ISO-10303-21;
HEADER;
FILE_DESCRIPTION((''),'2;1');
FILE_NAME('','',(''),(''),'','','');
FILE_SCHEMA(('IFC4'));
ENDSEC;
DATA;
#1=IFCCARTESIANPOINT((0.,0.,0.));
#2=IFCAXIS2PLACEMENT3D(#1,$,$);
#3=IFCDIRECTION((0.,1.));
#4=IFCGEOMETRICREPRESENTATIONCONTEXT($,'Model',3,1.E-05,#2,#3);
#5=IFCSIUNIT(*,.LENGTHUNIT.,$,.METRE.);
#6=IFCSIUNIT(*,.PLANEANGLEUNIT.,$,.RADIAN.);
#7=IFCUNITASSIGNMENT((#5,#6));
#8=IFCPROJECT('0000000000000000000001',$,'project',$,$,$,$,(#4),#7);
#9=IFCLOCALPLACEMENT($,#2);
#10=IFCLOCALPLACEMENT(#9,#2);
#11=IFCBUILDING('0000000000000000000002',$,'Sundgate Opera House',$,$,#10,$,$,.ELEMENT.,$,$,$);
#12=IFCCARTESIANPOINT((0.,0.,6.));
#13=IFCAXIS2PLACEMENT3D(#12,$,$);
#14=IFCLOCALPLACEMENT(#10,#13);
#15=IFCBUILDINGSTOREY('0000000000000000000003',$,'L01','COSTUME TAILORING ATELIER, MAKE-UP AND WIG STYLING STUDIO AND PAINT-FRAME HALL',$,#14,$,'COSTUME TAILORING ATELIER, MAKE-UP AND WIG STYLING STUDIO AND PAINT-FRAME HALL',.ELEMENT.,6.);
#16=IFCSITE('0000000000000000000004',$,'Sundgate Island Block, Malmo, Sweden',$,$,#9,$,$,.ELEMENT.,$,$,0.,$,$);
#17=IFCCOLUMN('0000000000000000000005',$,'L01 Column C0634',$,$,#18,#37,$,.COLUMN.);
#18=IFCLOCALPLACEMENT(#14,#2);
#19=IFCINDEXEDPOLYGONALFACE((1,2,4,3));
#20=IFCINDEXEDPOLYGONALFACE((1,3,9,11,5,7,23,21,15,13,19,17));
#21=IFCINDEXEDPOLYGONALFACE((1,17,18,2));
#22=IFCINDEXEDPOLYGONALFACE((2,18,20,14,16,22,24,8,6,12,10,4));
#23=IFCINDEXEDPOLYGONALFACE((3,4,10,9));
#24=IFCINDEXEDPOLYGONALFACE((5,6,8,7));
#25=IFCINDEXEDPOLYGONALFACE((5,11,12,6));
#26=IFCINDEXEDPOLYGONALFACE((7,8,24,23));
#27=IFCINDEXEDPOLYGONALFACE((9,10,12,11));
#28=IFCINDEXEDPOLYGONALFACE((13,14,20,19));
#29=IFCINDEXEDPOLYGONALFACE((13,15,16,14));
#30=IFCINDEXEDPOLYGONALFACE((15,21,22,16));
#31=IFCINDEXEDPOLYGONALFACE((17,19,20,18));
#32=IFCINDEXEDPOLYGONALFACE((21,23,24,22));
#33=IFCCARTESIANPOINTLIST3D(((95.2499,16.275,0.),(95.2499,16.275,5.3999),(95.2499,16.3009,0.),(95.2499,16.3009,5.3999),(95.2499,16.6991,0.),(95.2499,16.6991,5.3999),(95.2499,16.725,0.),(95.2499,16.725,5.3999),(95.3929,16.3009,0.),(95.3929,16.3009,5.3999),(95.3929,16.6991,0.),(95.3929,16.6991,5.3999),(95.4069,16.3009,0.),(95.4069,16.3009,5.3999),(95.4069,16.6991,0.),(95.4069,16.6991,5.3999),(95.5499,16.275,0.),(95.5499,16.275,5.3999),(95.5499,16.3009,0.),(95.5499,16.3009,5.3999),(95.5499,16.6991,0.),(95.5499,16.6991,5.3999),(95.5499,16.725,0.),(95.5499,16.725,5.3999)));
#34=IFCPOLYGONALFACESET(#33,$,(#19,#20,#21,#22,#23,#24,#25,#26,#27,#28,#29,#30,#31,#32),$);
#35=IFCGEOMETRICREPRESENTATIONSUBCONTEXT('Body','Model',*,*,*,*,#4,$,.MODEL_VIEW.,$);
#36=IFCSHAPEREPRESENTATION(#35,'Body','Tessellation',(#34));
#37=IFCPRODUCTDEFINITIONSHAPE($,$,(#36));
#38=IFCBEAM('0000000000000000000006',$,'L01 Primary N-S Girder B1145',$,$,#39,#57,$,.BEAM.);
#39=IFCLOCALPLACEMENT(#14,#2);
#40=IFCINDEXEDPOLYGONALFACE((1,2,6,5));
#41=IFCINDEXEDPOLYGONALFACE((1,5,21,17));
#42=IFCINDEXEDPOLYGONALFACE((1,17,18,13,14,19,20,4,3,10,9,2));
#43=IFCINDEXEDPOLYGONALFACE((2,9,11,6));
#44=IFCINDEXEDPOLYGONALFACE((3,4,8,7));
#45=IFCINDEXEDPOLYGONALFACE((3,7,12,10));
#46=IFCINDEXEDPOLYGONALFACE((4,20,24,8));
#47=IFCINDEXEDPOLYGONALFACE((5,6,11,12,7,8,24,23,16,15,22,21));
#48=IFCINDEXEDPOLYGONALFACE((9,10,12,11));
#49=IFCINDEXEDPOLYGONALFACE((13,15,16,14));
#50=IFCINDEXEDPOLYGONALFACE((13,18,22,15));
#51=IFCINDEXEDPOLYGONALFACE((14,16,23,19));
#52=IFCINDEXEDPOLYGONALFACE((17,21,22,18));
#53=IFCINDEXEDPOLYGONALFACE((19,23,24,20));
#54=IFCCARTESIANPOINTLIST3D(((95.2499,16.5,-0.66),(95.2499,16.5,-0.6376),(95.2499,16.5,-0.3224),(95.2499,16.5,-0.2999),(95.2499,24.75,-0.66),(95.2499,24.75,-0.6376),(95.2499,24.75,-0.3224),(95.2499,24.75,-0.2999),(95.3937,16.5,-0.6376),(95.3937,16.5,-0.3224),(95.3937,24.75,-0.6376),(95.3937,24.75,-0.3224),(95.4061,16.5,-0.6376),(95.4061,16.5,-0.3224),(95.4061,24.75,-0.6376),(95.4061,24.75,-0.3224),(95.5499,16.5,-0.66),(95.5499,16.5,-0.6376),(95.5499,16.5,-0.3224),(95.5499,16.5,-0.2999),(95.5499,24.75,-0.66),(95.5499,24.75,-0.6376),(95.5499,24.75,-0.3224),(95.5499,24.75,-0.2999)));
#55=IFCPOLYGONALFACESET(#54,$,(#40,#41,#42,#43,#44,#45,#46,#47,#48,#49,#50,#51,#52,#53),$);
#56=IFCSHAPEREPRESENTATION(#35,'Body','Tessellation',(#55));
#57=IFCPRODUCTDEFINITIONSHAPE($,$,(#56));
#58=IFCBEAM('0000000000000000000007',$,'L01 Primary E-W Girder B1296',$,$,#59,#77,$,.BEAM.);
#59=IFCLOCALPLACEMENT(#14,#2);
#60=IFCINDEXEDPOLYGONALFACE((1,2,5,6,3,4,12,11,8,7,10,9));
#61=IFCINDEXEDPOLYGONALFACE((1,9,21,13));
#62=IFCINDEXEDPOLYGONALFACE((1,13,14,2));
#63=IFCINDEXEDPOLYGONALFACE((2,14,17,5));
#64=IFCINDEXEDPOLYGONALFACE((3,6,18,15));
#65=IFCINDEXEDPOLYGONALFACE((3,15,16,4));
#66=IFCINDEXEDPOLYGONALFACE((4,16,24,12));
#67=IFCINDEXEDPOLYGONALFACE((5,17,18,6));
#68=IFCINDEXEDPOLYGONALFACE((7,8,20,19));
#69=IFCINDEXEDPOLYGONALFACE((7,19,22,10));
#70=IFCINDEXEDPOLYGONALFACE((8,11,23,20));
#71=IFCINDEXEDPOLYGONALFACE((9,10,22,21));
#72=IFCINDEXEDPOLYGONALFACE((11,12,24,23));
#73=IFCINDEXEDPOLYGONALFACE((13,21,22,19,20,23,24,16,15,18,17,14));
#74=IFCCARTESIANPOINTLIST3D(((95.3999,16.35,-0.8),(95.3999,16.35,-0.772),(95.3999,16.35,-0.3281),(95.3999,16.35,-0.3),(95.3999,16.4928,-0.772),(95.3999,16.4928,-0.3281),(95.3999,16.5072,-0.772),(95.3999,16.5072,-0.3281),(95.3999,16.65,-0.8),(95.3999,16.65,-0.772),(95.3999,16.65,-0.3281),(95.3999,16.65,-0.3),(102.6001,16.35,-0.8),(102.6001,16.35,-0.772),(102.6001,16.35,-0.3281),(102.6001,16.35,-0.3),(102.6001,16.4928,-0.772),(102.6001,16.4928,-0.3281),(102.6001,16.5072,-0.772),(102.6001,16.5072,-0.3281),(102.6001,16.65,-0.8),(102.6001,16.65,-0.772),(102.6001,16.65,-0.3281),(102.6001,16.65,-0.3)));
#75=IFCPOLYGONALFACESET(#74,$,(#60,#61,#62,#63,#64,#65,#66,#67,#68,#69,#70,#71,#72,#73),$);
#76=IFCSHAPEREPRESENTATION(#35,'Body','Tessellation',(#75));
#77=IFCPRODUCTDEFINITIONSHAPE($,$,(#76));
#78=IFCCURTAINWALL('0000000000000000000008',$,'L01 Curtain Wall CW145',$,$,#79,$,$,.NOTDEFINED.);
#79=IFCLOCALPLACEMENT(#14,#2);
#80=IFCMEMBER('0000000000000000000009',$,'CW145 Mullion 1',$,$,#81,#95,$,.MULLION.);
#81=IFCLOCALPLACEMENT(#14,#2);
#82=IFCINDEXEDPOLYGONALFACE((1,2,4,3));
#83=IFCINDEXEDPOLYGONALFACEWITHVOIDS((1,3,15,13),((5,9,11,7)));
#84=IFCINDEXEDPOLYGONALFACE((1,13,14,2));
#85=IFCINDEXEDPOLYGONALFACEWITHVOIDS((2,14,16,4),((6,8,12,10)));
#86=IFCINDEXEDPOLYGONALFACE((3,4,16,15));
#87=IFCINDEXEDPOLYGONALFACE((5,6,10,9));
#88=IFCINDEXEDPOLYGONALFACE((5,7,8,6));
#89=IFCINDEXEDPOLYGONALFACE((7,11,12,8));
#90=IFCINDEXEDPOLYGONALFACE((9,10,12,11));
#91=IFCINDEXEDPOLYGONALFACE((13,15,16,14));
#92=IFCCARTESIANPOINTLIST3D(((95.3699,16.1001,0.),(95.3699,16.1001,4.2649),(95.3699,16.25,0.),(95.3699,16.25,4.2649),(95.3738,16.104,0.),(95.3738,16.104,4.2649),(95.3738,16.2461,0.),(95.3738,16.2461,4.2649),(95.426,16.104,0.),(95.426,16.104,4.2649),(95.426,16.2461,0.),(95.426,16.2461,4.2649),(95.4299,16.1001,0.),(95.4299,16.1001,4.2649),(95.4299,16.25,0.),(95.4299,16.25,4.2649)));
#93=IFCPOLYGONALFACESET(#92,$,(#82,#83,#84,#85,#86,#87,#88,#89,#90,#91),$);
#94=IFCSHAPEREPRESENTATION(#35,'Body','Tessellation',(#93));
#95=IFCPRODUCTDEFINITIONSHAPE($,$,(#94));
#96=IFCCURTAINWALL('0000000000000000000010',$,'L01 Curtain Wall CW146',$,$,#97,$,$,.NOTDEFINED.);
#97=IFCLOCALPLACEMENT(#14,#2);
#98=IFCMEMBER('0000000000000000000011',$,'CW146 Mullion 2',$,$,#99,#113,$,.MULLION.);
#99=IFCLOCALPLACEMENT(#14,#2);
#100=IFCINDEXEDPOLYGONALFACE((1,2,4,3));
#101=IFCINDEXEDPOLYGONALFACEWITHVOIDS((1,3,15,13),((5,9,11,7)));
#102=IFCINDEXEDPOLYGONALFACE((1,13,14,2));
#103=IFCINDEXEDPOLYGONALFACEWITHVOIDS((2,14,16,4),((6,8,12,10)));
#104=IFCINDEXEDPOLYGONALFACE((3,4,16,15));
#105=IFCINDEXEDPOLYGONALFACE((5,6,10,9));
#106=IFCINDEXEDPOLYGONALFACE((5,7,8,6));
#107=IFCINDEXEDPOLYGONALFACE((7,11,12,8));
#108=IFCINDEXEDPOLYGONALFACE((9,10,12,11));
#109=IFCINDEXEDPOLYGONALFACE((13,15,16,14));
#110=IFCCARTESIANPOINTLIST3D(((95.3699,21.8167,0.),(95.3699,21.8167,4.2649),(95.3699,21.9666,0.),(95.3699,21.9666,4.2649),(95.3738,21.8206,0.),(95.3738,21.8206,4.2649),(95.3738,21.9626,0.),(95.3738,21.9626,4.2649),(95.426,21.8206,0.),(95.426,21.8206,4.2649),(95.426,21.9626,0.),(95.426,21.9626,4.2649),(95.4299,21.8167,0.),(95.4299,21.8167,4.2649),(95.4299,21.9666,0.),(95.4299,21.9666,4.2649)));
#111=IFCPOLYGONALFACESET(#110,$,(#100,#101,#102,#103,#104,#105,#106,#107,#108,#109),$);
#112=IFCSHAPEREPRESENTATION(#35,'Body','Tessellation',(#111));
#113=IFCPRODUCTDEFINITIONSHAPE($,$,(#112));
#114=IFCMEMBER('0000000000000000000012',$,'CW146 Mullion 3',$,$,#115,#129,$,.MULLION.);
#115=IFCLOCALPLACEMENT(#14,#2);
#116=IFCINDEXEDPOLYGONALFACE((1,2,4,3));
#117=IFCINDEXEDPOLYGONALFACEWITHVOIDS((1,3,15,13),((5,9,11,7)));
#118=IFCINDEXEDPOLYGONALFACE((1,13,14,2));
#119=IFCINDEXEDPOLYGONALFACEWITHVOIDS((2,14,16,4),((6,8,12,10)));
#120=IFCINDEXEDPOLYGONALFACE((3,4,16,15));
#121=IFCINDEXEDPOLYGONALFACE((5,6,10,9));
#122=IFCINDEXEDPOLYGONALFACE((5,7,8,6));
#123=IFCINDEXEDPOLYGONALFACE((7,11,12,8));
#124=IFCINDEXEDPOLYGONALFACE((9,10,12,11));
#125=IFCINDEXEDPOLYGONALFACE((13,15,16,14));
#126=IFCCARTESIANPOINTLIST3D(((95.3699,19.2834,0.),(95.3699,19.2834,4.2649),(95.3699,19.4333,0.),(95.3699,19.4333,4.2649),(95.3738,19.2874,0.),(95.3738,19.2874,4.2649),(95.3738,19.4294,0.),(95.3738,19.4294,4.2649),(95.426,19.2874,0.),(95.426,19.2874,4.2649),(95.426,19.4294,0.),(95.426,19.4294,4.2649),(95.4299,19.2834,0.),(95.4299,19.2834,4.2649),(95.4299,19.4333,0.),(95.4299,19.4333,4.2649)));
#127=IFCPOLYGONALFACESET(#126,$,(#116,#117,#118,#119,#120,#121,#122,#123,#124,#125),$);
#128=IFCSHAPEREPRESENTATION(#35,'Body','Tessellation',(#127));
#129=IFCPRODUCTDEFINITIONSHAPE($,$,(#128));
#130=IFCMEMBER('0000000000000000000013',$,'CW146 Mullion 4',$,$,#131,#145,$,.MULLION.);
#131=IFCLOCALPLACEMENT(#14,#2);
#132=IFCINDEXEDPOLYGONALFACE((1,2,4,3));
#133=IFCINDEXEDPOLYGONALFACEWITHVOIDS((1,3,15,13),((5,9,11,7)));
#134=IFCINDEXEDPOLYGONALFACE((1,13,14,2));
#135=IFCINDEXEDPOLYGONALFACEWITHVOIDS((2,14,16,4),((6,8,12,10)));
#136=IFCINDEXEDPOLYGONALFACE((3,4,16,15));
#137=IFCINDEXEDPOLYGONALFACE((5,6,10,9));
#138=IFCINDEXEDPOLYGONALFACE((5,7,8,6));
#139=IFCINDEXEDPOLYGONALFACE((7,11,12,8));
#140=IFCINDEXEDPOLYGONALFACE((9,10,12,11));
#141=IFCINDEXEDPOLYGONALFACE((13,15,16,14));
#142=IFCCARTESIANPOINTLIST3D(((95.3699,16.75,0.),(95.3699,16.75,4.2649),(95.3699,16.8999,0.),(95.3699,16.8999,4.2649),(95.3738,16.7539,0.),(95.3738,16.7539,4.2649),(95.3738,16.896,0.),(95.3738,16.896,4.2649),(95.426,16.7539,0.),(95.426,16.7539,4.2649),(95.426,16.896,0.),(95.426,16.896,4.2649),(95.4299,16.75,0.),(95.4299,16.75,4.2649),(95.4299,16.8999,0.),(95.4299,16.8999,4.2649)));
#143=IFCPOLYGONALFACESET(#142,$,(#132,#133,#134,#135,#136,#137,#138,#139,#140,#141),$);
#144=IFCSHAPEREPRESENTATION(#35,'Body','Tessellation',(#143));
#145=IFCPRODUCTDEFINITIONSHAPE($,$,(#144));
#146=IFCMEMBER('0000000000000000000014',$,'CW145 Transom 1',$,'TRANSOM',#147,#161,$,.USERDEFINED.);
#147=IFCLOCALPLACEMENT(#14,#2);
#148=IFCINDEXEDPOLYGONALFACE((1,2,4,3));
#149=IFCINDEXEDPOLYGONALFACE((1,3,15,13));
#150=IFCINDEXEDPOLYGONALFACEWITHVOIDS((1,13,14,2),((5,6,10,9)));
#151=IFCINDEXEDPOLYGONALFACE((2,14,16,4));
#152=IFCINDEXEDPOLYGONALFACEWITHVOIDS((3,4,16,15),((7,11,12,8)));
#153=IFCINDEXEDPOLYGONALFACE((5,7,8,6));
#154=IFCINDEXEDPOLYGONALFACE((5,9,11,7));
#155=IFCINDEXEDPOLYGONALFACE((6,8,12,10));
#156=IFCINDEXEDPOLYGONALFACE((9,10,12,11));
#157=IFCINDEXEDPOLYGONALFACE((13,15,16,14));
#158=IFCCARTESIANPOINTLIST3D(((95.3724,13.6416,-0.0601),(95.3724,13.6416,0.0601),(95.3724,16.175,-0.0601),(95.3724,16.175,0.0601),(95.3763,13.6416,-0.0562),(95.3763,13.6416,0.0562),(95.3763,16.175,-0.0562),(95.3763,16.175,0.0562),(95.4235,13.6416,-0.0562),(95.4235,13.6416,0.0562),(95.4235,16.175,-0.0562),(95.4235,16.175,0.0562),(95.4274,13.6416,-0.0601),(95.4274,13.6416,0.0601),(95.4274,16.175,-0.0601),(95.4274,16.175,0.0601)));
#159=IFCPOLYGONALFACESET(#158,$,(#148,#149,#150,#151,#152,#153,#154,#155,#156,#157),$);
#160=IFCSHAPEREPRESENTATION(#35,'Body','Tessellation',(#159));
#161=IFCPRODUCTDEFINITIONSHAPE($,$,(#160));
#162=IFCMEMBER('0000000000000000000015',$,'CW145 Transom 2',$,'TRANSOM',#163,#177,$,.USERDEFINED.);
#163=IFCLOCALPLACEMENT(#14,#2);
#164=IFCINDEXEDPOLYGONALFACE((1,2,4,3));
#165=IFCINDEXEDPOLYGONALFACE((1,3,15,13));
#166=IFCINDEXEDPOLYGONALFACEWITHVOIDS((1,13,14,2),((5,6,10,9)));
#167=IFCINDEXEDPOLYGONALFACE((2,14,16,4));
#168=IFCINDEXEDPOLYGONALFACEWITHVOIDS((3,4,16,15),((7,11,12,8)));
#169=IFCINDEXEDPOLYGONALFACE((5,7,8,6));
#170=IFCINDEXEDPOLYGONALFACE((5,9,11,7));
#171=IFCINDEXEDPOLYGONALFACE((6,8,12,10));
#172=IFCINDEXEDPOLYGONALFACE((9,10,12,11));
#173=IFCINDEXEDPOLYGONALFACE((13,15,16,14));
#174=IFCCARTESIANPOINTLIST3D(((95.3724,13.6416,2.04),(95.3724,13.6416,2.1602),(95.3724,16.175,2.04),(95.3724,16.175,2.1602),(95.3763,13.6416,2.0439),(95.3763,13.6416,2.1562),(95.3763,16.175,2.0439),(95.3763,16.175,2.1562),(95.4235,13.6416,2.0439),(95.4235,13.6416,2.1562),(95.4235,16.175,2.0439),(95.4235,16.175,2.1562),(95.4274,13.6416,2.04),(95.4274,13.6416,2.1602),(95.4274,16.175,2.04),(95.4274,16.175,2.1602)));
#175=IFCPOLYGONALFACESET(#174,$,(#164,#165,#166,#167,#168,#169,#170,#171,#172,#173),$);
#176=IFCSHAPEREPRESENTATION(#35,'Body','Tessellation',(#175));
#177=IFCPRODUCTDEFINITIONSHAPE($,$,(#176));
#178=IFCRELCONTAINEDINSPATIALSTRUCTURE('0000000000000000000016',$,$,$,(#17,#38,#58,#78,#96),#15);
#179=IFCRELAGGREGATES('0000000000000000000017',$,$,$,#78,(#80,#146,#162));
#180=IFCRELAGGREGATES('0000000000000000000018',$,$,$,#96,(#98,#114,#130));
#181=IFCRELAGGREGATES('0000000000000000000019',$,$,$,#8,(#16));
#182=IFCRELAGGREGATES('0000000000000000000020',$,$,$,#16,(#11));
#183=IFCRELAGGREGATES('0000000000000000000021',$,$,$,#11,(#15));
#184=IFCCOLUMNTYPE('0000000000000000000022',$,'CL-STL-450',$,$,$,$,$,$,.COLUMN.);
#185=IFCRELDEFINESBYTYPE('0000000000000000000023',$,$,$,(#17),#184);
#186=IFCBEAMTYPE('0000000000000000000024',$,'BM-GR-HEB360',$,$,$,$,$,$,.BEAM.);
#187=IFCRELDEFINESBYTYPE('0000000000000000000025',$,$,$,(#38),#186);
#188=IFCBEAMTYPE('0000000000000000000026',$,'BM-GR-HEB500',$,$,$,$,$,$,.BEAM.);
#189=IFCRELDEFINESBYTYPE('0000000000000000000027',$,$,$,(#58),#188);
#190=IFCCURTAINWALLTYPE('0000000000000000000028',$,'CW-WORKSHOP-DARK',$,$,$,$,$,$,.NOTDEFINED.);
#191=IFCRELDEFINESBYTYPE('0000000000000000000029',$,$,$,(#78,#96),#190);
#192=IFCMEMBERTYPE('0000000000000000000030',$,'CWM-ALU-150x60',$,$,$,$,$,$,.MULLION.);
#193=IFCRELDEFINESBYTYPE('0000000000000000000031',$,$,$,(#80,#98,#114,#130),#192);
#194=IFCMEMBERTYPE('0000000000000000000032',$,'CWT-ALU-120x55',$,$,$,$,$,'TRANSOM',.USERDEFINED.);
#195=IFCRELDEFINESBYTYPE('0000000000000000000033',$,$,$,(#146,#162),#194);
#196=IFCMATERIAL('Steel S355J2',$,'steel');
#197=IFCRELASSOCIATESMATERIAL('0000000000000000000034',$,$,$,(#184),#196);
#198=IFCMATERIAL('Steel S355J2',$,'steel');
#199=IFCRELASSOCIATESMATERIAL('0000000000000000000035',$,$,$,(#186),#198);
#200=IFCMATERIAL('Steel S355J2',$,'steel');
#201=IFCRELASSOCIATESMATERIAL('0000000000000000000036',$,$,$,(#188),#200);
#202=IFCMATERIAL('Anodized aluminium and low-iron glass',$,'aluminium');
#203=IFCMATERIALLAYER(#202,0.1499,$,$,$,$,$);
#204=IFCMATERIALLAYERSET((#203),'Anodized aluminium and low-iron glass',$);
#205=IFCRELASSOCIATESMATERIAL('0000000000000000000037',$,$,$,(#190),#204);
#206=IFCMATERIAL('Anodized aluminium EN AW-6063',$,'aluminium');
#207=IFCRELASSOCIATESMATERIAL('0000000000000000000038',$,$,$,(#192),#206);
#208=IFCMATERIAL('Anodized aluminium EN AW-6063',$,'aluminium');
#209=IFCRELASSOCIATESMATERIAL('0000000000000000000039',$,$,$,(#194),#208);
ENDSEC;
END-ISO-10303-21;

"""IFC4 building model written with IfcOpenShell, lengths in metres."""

from ifc_helpers import new_model, si_unit, direction, frame, origin, origin_2d, place, context, subcontext, project, spatial, hollow_rectangle, i_section, extrude, material, layer, layer_set, material_profile, profile_set, type_object, element, aggregate, save


model = new_model("IFC4")

# Units and contexts
model_context = context("Model", 3, precision=1e-05, world=origin(), true_north=direction((0.0, 1.0)))
body_context = subcontext(model_context, "Body", "Model", "MODEL_VIEW")
ifc_project = project(units=[si_unit("LENGTHUNIT", "METRE"), si_unit("PLANEANGLEUNIT", "RADIAN")], contexts=[model_context])

# Site, building, storey
site_placement = place(None, origin())
site = spatial("IfcSite", under=ifc_project, at=site_placement, Name="Sundgate Island Block, Malmo, Sweden", CompositionType="ELEMENT", RefElevation=0.0)
building_placement = place(site_placement, origin())
building = spatial("IfcBuilding", under=site, at=building_placement, Name="Sundgate Opera House", CompositionType="ELEMENT")
storey_placement = place(building_placement, frame((0.0, 0.0, 6.0)))
storey = spatial("IfcBuildingStorey", under=building, at=storey_placement, Name="L01", Description="COSTUME TAILORING ATELIER, MAKE-UP AND WIG STYLING STUDIO AND PAINT-FRAME HALL", LongName="COSTUME TAILORING ATELIER, MAKE-UP AND WIG STYLING STUDIO AND PAINT-FRAME HALL", CompositionType="ELEMENT", Elevation=6.0)

# Column
ifc_material_1 = material(Name="Steel S355J2", Category="steel")
ifc_material_profile_1 = material_profile(ifc_material_1, i_section(OverallWidth=0.3, OverallDepth=0.45, WebThickness=0.0139, FlangeThickness=0.0259, at=origin_2d()), Name="HEB 450")
ifc_profile_set_1 = profile_set([ifc_material_profile_1], Name="Steel S355J2")
column_type = type_object("IfcColumnType", Name="CL-STL-450", PredefinedType="COLUMN", material=ifc_profile_set_1)
column_placement = place(storey_placement, frame((95.3999, 16.5, 0.0), z_axis=(0.0, 0.0, 1.0), x_axis=(1.0, 0.0, 0.0)))
element("IfcColumn", 1, at=column_placement, inside=storey, type_object=column_type, Name="L01 Column C0634", PredefinedType="COLUMN", context=body_context, shape_type="SweptSolid", body=[
    extrude(i_section(OverallWidth=0.3, OverallDepth=0.45, WebThickness=0.0139, FlangeThickness=0.0259, at=origin_2d()), origin(), (0.0, 0.0, 1.0), 5.3999),
])

# Beams
ifc_material_2 = material(Name="Steel S355J2", Category="steel")
ifc_material_profile_2 = material_profile(ifc_material_2, i_section(OverallWidth=0.3, OverallDepth=0.3601, WebThickness=0.0125, FlangeThickness=0.0225, at=origin_2d()), Name="HEB 360")
ifc_profile_set_2 = profile_set([ifc_material_profile_2], Name="Steel S355J2")
beam_type_1 = type_object("IfcBeamType", Name="BM-GR-HEB360", PredefinedType="BEAM", material=ifc_profile_set_2)
beam_1_placement = place(storey_placement, frame((95.3999, 16.5, -0.48), z_axis=(0.0, 1.0, 0.0), x_axis=(-1.0, 0.0, 0.0)))
element("IfcBeam", 2, at=beam_1_placement, inside=storey, type_object=beam_type_1, Name="L01 Primary N-S Girder B1145", PredefinedType="BEAM", context=body_context, shape_type="SweptSolid", body=[
    extrude(i_section(OverallWidth=0.3, OverallDepth=0.3601, WebThickness=0.0125, FlangeThickness=0.0225, at=origin_2d()), origin(), (0.0, 0.0, 1.0), 8.25),
])
ifc_material_3 = material(Name="Steel S355J2", Category="steel")
ifc_material_profile_3 = material_profile(ifc_material_3, i_section(OverallWidth=0.3, OverallDepth=0.5, WebThickness=0.0144, FlangeThickness=0.0281, at=origin_2d()), Name="HEB 500")
ifc_profile_set_3 = profile_set([ifc_material_profile_3], Name="Steel S355J2")
beam_type_2 = type_object("IfcBeamType", Name="BM-GR-HEB500", PredefinedType="BEAM", material=ifc_profile_set_3)
beam_2_placement = place(storey_placement, frame((95.3999, 16.5, -0.55), z_axis=(1.0, 0.0, 0.0), x_axis=(0.0, 1.0, 0.0)))
element("IfcBeam", 3, at=beam_2_placement, inside=storey, type_object=beam_type_2, Name="L01 Primary E-W Girder B1296", PredefinedType="BEAM", context=body_context, shape_type="SweptSolid", body=[
    extrude(i_section(OverallWidth=0.3, OverallDepth=0.5, WebThickness=0.0144, FlangeThickness=0.0281, at=origin_2d()), origin(), (0.0, 0.0, 1.0), 7.2002),
])

# Curtain wall, member
ifc_material_4 = material(Name="Anodized aluminium and low-iron glass", Category="aluminium")
ifc_layer_1 = layer(ifc_material_4, 0.1499)
ifc_layer_set_1 = layer_set([ifc_layer_1], Name="Anodized aluminium and low-iron glass")
curtain_wall_type = type_object("IfcCurtainWallType", Name="CW-WORKSHOP-DARK", PredefinedType="NOTDEFINED", material=ifc_layer_set_1)
curtain_wall_1_placement = place(storey_placement, origin())
curtain_wall_1 = element("IfcCurtainWall", 4, at=curtain_wall_1_placement, inside=storey, type_object=curtain_wall_type, Name="L01 Curtain Wall CW145", PredefinedType="NOTDEFINED")
ifc_material_5 = material(Name="Anodized aluminium EN AW-6063", Category="aluminium")
ifc_material_profile_4 = material_profile(ifc_material_5, hollow_rectangle(XDim=0.0601, YDim=0.1499, WallThickness=0.0039, at=origin_2d()), Name="CWM 150x60x4")
ifc_profile_set_4 = profile_set([ifc_material_profile_4], Name="Anodized aluminium EN AW-6063")
member_type_1 = type_object("IfcMemberType", Name="CWM-ALU-150x60", PredefinedType="MULLION", material=ifc_profile_set_4)
member_1_placement = place(storey_placement, frame((95.3999, 16.175, 0.0), z_axis=(0.0, 0.0, 1.0), x_axis=(1.0, 0.0, 0.0)))
member_1 = element("IfcMember", 5, at=member_1_placement, type_object=member_type_1, Name="CW145 Mullion 1", PredefinedType="MULLION", context=body_context, shape_type="SweptSolid", body=[
    extrude(hollow_rectangle(XDim=0.0601, YDim=0.1499, WallThickness=0.0039, at=origin_2d()), origin(), (0.0, 0.0, 1.0), 4.2649),
])

# Curtain wall, members
curtain_wall_2_placement = place(storey_placement, origin())
curtain_wall_2 = element("IfcCurtainWall", 6, at=curtain_wall_2_placement, inside=storey, type_object=curtain_wall_type, Name="L01 Curtain Wall CW146", PredefinedType="NOTDEFINED")
member_2_placement = place(storey_placement, frame((95.3999, 21.8916, 0.0), z_axis=(0.0, 0.0, 1.0), x_axis=(1.0, 0.0, 0.0)))
member_2 = element("IfcMember", 7, at=member_2_placement, type_object=member_type_1, Name="CW146 Mullion 2", PredefinedType="MULLION", context=body_context, shape_type="SweptSolid", body=[
    extrude(hollow_rectangle(XDim=0.0601, YDim=0.1499, WallThickness=0.0039, at=origin_2d()), origin(), (0.0, 0.0, 1.0), 4.2649),
])
member_3_placement = place(storey_placement, frame((95.3999, 19.3584, 0.0), z_axis=(0.0, 0.0, 1.0), x_axis=(1.0, 0.0, 0.0)))
member_3 = element("IfcMember", 8, at=member_3_placement, type_object=member_type_1, Name="CW146 Mullion 3", PredefinedType="MULLION", context=body_context, shape_type="SweptSolid", body=[
    extrude(hollow_rectangle(XDim=0.0601, YDim=0.1499, WallThickness=0.0039, at=origin_2d()), origin(), (0.0, 0.0, 1.0), 4.2649),
])
member_4_placement = place(storey_placement, frame((95.3999, 16.825, 0.0), z_axis=(0.0, 0.0, 1.0), x_axis=(1.0, 0.0, 0.0)))
member_4 = element("IfcMember", 9, at=member_4_placement, type_object=member_type_1, Name="CW146 Mullion 4", PredefinedType="MULLION", context=body_context, shape_type="SweptSolid", body=[
    extrude(hollow_rectangle(XDim=0.0601, YDim=0.1499, WallThickness=0.0039, at=origin_2d()), origin(), (0.0, 0.0, 1.0), 4.2649),
])

# Members
ifc_material_6 = material(Name="Anodized aluminium EN AW-6063", Category="aluminium")
ifc_material_profile_5 = material_profile(ifc_material_6, hollow_rectangle(XDim=0.0549, YDim=0.1201, WallThickness=0.0039, at=origin_2d()), Name="CWT 120x55x4")
ifc_profile_set_5 = profile_set([ifc_material_profile_5], Name="Anodized aluminium EN AW-6063")
member_type_2 = type_object("IfcMemberType", Name="CWT-ALU-120x55", ElementType="TRANSOM", PredefinedType="USERDEFINED", material=ifc_profile_set_5)
member_5_placement = place(storey_placement, frame((95.3999, 16.175, 0.0), z_axis=(0.0, -1.0, 0.0), x_axis=(1.0, 0.0, 0.0)))
member_5 = element("IfcMember", 10, at=member_5_placement, type_object=member_type_2, Name="CW145 Transom 1", ObjectType="TRANSOM", PredefinedType="USERDEFINED", context=body_context, shape_type="SweptSolid", body=[
    extrude(hollow_rectangle(XDim=0.0549, YDim=0.1201, WallThickness=0.0039, at=origin_2d()), origin(), (0.0, 0.0, 1.0), 2.5334),
])
member_6_placement = place(storey_placement, frame((95.3999, 16.175, 2.1001), z_axis=(0.0, -1.0, 0.0), x_axis=(1.0, 0.0, 0.0)))
member_6 = element("IfcMember", 11, at=member_6_placement, type_object=member_type_2, Name="CW145 Transom 2", ObjectType="TRANSOM", PredefinedType="USERDEFINED", context=body_context, shape_type="SweptSolid", body=[
    extrude(hollow_rectangle(XDim=0.0549, YDim=0.1201, WallThickness=0.0039, at=origin_2d()), origin(), (0.0, 0.0, 1.0), 2.5334),
])
aggregate(curtain_wall_1, [member_1, member_5, member_6])

aggregate(curtain_wall_2, [member_2, member_3, member_4])

save(model, "model.ifc")
